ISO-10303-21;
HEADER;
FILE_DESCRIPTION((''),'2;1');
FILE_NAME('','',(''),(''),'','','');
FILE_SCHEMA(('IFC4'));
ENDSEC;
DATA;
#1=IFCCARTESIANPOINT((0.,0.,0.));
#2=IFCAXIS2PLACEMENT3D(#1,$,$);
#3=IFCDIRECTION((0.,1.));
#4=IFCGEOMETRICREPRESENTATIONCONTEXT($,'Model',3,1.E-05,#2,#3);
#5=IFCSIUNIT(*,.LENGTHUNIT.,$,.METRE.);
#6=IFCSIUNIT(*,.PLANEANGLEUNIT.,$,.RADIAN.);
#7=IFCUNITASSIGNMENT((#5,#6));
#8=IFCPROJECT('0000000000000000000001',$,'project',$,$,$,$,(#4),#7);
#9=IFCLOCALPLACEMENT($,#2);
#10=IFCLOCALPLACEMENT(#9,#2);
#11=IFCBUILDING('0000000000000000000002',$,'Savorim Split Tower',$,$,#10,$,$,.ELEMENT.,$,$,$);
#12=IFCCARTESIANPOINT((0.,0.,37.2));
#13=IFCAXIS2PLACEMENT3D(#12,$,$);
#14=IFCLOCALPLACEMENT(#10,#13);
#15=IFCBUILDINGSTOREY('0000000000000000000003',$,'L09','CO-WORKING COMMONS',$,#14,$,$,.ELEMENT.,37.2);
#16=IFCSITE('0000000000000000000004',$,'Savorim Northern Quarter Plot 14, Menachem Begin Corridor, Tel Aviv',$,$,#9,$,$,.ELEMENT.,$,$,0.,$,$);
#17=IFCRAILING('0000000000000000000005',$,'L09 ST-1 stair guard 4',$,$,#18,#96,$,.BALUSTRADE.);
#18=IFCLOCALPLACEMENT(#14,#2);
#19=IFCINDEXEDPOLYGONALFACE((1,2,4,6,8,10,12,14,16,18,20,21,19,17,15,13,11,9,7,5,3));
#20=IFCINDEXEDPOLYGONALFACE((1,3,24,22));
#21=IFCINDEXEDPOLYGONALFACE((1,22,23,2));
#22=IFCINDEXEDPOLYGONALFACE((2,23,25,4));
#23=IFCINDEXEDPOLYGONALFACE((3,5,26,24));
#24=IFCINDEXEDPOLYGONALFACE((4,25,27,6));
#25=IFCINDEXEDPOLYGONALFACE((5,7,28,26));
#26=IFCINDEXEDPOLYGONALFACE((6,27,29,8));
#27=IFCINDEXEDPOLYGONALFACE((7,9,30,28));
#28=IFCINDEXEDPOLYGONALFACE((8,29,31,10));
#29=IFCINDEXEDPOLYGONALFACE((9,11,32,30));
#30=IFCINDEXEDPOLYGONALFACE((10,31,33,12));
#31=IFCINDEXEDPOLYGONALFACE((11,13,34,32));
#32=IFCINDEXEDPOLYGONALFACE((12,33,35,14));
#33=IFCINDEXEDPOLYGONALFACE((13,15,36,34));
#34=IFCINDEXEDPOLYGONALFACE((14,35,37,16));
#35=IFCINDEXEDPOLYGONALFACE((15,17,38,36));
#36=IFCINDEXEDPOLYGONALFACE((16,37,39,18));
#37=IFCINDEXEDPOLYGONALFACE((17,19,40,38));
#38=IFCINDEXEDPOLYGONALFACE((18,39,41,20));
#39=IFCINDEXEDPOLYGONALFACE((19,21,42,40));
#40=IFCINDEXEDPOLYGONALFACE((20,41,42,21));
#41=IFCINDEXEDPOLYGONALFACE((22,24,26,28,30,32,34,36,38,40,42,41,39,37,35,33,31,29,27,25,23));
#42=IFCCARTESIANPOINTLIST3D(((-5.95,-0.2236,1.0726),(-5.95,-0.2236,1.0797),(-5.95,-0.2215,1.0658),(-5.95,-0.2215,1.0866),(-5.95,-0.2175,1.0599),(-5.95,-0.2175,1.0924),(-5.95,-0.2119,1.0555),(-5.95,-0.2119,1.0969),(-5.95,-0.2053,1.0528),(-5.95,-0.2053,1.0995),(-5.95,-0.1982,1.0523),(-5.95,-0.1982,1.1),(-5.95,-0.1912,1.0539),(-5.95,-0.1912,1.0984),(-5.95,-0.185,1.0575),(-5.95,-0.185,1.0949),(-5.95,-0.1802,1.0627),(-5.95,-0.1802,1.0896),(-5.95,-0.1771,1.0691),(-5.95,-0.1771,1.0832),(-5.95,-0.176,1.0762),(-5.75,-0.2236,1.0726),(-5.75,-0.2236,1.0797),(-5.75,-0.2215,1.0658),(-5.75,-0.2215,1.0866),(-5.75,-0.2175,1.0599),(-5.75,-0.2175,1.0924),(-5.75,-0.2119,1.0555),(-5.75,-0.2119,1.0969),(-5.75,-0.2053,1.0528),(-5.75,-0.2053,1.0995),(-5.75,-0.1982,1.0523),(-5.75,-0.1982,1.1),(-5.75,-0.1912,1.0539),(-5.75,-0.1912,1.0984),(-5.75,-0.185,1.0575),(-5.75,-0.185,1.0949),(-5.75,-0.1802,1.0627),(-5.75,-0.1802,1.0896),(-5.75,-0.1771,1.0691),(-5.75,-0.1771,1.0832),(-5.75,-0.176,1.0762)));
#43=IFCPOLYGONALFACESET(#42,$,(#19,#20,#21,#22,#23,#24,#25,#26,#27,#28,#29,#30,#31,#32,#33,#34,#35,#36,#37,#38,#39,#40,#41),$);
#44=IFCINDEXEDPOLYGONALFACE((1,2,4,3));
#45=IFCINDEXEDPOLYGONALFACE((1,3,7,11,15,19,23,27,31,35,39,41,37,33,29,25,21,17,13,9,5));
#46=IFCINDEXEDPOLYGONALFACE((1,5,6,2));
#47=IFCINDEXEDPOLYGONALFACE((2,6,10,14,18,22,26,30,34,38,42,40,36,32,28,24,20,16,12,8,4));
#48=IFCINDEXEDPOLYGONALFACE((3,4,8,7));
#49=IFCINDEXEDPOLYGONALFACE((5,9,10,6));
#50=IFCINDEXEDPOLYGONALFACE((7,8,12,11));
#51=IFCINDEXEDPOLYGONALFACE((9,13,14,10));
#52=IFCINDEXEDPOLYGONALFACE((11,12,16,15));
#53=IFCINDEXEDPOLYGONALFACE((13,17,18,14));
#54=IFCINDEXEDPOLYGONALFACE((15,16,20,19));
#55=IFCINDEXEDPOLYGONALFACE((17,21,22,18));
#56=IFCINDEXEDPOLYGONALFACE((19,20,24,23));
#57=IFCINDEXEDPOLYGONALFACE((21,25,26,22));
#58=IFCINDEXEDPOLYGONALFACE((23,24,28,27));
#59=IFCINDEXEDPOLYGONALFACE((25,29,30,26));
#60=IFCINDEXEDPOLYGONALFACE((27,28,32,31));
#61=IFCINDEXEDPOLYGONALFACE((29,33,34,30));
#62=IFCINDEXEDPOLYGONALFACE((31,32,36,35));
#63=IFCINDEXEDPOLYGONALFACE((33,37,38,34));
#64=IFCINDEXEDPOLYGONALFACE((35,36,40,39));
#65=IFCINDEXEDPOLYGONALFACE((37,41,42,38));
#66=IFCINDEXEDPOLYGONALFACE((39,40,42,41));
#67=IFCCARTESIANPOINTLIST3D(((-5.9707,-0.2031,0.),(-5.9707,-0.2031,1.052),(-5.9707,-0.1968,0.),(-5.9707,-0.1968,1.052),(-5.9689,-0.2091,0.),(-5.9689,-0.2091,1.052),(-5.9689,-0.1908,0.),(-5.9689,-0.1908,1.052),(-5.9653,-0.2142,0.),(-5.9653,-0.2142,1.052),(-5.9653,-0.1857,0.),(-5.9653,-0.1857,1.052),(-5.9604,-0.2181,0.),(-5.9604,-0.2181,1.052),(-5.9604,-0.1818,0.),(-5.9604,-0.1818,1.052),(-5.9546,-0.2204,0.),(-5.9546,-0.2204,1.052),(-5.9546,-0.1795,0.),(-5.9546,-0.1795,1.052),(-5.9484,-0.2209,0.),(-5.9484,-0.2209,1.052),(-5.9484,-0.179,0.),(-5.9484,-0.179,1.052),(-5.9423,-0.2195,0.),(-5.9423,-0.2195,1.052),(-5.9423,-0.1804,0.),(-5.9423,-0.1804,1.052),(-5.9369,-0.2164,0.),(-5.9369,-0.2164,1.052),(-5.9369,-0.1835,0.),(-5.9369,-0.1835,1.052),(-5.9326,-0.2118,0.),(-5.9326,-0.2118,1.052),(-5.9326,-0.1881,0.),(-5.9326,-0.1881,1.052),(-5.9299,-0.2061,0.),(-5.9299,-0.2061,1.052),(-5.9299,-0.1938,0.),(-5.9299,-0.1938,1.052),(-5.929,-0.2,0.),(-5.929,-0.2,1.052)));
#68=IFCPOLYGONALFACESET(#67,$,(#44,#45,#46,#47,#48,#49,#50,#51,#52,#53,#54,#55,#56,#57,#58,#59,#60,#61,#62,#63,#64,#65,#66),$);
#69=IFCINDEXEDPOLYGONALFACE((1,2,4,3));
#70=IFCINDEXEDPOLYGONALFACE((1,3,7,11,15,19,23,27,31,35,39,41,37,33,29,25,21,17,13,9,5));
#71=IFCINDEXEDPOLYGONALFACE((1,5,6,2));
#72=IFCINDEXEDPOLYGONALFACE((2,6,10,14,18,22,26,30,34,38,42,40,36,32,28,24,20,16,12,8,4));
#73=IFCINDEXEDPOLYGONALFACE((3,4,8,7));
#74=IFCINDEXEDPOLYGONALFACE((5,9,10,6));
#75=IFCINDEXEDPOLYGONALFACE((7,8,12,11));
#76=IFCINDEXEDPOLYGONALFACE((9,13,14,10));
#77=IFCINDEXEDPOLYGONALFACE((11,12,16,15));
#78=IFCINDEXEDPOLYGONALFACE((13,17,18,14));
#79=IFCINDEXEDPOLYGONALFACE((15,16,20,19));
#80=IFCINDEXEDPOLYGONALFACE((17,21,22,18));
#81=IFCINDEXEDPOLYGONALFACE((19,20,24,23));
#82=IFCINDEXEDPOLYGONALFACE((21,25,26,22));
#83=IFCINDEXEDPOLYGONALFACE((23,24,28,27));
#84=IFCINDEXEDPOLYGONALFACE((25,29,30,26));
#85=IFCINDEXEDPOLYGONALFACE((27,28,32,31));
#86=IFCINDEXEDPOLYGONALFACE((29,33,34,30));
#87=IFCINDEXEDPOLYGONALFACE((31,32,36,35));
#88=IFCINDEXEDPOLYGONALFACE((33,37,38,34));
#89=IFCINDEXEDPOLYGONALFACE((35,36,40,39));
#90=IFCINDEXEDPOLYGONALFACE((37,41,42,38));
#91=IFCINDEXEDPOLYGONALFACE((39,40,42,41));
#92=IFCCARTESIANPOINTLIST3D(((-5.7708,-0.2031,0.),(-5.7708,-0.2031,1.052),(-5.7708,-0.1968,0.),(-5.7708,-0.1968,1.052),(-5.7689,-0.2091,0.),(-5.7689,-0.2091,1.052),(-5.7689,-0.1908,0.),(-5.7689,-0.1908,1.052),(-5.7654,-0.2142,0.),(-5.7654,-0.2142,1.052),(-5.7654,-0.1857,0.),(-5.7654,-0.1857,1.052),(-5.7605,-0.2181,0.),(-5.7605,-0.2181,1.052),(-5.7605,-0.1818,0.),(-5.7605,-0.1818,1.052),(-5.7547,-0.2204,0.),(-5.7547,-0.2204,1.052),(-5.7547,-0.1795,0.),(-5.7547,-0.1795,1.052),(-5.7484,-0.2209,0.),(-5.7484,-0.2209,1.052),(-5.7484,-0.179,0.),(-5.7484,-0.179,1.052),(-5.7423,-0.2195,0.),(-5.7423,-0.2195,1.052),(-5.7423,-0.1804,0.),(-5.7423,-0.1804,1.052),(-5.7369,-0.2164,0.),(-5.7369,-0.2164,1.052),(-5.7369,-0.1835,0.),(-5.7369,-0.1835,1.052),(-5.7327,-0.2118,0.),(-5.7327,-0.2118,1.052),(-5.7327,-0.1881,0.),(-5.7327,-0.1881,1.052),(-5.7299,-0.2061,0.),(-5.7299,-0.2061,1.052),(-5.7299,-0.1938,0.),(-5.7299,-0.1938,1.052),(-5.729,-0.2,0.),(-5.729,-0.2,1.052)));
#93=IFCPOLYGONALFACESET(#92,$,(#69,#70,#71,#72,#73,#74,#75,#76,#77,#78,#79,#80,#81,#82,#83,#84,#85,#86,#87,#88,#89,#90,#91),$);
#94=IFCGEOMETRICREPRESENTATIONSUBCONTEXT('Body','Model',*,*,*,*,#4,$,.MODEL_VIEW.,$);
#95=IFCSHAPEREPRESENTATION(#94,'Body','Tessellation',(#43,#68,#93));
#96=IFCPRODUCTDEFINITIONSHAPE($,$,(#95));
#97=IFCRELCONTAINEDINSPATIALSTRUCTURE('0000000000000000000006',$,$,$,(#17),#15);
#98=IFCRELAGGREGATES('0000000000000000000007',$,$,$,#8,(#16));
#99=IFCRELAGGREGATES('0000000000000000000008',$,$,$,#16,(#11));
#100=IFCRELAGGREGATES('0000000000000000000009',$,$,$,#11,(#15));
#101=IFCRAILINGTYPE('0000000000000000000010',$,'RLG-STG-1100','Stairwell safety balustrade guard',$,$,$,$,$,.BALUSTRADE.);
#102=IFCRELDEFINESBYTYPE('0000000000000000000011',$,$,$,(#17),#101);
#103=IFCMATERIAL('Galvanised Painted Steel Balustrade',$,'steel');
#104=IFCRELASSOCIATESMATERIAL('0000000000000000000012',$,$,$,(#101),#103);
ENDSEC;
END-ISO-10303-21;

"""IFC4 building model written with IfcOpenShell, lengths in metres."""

from ifc_helpers import new_model, si_unit, direction, frame, origin, origin_2d, place, context, subcontext, project, spatial, circle, extrude, material, type_object, element, save


model = new_model("IFC4")

# Units and contexts
model_context = context("Model", 3, precision=1e-05, world=origin(), true_north=direction((0.0, 1.0)))
body_context = subcontext(model_context, "Body", "Model", "MODEL_VIEW")
ifc_project = project(units=[si_unit("LENGTHUNIT", "METRE"), si_unit("PLANEANGLEUNIT", "RADIAN")], contexts=[model_context])

# Site, building, storey
site_placement = place(None, origin())
site = spatial("IfcSite", under=ifc_project, at=site_placement, Name="Savorim Northern Quarter Plot 14, Menachem Begin Corridor, Tel Aviv", CompositionType="ELEMENT", RefElevation=0.0)
building_placement = place(site_placement, origin())
building = spatial("IfcBuilding", under=site, at=building_placement, Name="Savorim Split Tower", CompositionType="ELEMENT")
storey_placement = place(building_placement, frame((0.0, 0.0, 37.2)))
storey = spatial("IfcBuildingStorey", under=building, at=storey_placement, Name="L09", Description="CO-WORKING COMMONS", CompositionType="ELEMENT", Elevation=37.2)

# Railing
ifc_material_1 = material(Name="Galvanised Painted Steel Balustrade", Category="steel")
railing_type_1 = type_object("IfcRailingType", Name="RLG-STG-1100", Description="Stairwell safety balustrade guard", PredefinedType="BALUSTRADE", material=ifc_material_1)
railing_1_placement = place(storey_placement, frame((-5.95, -0.2, 0.0)))
element("IfcRailing", 1, at=railing_1_placement, inside=storey, type_object=railing_type_1, Name="L09 ST-1 stair guard 4", PredefinedType="BALUSTRADE", context=body_context, shape_type="SweptSolid", body=[
    extrude(circle(Radius=0.0239, at=origin_2d()), frame((0.0, 0.0, 1.0762), z_axis=(1.0, 0.0, 0.0), x_axis=(0.0, 1.0, 0.0)), (0.0, 0.0, 1.0), 0.2),
    extrude(circle(Radius=0.021, at=origin_2d()), origin(), (0.0, 0.0, 1.0), 1.052),
    extrude(circle(Radius=0.021, at=origin_2d()), frame((0.2, 0.0, 0.0)), (0.0, 0.0, 1.0), 1.052),
])

save(model, "model.ifc")
